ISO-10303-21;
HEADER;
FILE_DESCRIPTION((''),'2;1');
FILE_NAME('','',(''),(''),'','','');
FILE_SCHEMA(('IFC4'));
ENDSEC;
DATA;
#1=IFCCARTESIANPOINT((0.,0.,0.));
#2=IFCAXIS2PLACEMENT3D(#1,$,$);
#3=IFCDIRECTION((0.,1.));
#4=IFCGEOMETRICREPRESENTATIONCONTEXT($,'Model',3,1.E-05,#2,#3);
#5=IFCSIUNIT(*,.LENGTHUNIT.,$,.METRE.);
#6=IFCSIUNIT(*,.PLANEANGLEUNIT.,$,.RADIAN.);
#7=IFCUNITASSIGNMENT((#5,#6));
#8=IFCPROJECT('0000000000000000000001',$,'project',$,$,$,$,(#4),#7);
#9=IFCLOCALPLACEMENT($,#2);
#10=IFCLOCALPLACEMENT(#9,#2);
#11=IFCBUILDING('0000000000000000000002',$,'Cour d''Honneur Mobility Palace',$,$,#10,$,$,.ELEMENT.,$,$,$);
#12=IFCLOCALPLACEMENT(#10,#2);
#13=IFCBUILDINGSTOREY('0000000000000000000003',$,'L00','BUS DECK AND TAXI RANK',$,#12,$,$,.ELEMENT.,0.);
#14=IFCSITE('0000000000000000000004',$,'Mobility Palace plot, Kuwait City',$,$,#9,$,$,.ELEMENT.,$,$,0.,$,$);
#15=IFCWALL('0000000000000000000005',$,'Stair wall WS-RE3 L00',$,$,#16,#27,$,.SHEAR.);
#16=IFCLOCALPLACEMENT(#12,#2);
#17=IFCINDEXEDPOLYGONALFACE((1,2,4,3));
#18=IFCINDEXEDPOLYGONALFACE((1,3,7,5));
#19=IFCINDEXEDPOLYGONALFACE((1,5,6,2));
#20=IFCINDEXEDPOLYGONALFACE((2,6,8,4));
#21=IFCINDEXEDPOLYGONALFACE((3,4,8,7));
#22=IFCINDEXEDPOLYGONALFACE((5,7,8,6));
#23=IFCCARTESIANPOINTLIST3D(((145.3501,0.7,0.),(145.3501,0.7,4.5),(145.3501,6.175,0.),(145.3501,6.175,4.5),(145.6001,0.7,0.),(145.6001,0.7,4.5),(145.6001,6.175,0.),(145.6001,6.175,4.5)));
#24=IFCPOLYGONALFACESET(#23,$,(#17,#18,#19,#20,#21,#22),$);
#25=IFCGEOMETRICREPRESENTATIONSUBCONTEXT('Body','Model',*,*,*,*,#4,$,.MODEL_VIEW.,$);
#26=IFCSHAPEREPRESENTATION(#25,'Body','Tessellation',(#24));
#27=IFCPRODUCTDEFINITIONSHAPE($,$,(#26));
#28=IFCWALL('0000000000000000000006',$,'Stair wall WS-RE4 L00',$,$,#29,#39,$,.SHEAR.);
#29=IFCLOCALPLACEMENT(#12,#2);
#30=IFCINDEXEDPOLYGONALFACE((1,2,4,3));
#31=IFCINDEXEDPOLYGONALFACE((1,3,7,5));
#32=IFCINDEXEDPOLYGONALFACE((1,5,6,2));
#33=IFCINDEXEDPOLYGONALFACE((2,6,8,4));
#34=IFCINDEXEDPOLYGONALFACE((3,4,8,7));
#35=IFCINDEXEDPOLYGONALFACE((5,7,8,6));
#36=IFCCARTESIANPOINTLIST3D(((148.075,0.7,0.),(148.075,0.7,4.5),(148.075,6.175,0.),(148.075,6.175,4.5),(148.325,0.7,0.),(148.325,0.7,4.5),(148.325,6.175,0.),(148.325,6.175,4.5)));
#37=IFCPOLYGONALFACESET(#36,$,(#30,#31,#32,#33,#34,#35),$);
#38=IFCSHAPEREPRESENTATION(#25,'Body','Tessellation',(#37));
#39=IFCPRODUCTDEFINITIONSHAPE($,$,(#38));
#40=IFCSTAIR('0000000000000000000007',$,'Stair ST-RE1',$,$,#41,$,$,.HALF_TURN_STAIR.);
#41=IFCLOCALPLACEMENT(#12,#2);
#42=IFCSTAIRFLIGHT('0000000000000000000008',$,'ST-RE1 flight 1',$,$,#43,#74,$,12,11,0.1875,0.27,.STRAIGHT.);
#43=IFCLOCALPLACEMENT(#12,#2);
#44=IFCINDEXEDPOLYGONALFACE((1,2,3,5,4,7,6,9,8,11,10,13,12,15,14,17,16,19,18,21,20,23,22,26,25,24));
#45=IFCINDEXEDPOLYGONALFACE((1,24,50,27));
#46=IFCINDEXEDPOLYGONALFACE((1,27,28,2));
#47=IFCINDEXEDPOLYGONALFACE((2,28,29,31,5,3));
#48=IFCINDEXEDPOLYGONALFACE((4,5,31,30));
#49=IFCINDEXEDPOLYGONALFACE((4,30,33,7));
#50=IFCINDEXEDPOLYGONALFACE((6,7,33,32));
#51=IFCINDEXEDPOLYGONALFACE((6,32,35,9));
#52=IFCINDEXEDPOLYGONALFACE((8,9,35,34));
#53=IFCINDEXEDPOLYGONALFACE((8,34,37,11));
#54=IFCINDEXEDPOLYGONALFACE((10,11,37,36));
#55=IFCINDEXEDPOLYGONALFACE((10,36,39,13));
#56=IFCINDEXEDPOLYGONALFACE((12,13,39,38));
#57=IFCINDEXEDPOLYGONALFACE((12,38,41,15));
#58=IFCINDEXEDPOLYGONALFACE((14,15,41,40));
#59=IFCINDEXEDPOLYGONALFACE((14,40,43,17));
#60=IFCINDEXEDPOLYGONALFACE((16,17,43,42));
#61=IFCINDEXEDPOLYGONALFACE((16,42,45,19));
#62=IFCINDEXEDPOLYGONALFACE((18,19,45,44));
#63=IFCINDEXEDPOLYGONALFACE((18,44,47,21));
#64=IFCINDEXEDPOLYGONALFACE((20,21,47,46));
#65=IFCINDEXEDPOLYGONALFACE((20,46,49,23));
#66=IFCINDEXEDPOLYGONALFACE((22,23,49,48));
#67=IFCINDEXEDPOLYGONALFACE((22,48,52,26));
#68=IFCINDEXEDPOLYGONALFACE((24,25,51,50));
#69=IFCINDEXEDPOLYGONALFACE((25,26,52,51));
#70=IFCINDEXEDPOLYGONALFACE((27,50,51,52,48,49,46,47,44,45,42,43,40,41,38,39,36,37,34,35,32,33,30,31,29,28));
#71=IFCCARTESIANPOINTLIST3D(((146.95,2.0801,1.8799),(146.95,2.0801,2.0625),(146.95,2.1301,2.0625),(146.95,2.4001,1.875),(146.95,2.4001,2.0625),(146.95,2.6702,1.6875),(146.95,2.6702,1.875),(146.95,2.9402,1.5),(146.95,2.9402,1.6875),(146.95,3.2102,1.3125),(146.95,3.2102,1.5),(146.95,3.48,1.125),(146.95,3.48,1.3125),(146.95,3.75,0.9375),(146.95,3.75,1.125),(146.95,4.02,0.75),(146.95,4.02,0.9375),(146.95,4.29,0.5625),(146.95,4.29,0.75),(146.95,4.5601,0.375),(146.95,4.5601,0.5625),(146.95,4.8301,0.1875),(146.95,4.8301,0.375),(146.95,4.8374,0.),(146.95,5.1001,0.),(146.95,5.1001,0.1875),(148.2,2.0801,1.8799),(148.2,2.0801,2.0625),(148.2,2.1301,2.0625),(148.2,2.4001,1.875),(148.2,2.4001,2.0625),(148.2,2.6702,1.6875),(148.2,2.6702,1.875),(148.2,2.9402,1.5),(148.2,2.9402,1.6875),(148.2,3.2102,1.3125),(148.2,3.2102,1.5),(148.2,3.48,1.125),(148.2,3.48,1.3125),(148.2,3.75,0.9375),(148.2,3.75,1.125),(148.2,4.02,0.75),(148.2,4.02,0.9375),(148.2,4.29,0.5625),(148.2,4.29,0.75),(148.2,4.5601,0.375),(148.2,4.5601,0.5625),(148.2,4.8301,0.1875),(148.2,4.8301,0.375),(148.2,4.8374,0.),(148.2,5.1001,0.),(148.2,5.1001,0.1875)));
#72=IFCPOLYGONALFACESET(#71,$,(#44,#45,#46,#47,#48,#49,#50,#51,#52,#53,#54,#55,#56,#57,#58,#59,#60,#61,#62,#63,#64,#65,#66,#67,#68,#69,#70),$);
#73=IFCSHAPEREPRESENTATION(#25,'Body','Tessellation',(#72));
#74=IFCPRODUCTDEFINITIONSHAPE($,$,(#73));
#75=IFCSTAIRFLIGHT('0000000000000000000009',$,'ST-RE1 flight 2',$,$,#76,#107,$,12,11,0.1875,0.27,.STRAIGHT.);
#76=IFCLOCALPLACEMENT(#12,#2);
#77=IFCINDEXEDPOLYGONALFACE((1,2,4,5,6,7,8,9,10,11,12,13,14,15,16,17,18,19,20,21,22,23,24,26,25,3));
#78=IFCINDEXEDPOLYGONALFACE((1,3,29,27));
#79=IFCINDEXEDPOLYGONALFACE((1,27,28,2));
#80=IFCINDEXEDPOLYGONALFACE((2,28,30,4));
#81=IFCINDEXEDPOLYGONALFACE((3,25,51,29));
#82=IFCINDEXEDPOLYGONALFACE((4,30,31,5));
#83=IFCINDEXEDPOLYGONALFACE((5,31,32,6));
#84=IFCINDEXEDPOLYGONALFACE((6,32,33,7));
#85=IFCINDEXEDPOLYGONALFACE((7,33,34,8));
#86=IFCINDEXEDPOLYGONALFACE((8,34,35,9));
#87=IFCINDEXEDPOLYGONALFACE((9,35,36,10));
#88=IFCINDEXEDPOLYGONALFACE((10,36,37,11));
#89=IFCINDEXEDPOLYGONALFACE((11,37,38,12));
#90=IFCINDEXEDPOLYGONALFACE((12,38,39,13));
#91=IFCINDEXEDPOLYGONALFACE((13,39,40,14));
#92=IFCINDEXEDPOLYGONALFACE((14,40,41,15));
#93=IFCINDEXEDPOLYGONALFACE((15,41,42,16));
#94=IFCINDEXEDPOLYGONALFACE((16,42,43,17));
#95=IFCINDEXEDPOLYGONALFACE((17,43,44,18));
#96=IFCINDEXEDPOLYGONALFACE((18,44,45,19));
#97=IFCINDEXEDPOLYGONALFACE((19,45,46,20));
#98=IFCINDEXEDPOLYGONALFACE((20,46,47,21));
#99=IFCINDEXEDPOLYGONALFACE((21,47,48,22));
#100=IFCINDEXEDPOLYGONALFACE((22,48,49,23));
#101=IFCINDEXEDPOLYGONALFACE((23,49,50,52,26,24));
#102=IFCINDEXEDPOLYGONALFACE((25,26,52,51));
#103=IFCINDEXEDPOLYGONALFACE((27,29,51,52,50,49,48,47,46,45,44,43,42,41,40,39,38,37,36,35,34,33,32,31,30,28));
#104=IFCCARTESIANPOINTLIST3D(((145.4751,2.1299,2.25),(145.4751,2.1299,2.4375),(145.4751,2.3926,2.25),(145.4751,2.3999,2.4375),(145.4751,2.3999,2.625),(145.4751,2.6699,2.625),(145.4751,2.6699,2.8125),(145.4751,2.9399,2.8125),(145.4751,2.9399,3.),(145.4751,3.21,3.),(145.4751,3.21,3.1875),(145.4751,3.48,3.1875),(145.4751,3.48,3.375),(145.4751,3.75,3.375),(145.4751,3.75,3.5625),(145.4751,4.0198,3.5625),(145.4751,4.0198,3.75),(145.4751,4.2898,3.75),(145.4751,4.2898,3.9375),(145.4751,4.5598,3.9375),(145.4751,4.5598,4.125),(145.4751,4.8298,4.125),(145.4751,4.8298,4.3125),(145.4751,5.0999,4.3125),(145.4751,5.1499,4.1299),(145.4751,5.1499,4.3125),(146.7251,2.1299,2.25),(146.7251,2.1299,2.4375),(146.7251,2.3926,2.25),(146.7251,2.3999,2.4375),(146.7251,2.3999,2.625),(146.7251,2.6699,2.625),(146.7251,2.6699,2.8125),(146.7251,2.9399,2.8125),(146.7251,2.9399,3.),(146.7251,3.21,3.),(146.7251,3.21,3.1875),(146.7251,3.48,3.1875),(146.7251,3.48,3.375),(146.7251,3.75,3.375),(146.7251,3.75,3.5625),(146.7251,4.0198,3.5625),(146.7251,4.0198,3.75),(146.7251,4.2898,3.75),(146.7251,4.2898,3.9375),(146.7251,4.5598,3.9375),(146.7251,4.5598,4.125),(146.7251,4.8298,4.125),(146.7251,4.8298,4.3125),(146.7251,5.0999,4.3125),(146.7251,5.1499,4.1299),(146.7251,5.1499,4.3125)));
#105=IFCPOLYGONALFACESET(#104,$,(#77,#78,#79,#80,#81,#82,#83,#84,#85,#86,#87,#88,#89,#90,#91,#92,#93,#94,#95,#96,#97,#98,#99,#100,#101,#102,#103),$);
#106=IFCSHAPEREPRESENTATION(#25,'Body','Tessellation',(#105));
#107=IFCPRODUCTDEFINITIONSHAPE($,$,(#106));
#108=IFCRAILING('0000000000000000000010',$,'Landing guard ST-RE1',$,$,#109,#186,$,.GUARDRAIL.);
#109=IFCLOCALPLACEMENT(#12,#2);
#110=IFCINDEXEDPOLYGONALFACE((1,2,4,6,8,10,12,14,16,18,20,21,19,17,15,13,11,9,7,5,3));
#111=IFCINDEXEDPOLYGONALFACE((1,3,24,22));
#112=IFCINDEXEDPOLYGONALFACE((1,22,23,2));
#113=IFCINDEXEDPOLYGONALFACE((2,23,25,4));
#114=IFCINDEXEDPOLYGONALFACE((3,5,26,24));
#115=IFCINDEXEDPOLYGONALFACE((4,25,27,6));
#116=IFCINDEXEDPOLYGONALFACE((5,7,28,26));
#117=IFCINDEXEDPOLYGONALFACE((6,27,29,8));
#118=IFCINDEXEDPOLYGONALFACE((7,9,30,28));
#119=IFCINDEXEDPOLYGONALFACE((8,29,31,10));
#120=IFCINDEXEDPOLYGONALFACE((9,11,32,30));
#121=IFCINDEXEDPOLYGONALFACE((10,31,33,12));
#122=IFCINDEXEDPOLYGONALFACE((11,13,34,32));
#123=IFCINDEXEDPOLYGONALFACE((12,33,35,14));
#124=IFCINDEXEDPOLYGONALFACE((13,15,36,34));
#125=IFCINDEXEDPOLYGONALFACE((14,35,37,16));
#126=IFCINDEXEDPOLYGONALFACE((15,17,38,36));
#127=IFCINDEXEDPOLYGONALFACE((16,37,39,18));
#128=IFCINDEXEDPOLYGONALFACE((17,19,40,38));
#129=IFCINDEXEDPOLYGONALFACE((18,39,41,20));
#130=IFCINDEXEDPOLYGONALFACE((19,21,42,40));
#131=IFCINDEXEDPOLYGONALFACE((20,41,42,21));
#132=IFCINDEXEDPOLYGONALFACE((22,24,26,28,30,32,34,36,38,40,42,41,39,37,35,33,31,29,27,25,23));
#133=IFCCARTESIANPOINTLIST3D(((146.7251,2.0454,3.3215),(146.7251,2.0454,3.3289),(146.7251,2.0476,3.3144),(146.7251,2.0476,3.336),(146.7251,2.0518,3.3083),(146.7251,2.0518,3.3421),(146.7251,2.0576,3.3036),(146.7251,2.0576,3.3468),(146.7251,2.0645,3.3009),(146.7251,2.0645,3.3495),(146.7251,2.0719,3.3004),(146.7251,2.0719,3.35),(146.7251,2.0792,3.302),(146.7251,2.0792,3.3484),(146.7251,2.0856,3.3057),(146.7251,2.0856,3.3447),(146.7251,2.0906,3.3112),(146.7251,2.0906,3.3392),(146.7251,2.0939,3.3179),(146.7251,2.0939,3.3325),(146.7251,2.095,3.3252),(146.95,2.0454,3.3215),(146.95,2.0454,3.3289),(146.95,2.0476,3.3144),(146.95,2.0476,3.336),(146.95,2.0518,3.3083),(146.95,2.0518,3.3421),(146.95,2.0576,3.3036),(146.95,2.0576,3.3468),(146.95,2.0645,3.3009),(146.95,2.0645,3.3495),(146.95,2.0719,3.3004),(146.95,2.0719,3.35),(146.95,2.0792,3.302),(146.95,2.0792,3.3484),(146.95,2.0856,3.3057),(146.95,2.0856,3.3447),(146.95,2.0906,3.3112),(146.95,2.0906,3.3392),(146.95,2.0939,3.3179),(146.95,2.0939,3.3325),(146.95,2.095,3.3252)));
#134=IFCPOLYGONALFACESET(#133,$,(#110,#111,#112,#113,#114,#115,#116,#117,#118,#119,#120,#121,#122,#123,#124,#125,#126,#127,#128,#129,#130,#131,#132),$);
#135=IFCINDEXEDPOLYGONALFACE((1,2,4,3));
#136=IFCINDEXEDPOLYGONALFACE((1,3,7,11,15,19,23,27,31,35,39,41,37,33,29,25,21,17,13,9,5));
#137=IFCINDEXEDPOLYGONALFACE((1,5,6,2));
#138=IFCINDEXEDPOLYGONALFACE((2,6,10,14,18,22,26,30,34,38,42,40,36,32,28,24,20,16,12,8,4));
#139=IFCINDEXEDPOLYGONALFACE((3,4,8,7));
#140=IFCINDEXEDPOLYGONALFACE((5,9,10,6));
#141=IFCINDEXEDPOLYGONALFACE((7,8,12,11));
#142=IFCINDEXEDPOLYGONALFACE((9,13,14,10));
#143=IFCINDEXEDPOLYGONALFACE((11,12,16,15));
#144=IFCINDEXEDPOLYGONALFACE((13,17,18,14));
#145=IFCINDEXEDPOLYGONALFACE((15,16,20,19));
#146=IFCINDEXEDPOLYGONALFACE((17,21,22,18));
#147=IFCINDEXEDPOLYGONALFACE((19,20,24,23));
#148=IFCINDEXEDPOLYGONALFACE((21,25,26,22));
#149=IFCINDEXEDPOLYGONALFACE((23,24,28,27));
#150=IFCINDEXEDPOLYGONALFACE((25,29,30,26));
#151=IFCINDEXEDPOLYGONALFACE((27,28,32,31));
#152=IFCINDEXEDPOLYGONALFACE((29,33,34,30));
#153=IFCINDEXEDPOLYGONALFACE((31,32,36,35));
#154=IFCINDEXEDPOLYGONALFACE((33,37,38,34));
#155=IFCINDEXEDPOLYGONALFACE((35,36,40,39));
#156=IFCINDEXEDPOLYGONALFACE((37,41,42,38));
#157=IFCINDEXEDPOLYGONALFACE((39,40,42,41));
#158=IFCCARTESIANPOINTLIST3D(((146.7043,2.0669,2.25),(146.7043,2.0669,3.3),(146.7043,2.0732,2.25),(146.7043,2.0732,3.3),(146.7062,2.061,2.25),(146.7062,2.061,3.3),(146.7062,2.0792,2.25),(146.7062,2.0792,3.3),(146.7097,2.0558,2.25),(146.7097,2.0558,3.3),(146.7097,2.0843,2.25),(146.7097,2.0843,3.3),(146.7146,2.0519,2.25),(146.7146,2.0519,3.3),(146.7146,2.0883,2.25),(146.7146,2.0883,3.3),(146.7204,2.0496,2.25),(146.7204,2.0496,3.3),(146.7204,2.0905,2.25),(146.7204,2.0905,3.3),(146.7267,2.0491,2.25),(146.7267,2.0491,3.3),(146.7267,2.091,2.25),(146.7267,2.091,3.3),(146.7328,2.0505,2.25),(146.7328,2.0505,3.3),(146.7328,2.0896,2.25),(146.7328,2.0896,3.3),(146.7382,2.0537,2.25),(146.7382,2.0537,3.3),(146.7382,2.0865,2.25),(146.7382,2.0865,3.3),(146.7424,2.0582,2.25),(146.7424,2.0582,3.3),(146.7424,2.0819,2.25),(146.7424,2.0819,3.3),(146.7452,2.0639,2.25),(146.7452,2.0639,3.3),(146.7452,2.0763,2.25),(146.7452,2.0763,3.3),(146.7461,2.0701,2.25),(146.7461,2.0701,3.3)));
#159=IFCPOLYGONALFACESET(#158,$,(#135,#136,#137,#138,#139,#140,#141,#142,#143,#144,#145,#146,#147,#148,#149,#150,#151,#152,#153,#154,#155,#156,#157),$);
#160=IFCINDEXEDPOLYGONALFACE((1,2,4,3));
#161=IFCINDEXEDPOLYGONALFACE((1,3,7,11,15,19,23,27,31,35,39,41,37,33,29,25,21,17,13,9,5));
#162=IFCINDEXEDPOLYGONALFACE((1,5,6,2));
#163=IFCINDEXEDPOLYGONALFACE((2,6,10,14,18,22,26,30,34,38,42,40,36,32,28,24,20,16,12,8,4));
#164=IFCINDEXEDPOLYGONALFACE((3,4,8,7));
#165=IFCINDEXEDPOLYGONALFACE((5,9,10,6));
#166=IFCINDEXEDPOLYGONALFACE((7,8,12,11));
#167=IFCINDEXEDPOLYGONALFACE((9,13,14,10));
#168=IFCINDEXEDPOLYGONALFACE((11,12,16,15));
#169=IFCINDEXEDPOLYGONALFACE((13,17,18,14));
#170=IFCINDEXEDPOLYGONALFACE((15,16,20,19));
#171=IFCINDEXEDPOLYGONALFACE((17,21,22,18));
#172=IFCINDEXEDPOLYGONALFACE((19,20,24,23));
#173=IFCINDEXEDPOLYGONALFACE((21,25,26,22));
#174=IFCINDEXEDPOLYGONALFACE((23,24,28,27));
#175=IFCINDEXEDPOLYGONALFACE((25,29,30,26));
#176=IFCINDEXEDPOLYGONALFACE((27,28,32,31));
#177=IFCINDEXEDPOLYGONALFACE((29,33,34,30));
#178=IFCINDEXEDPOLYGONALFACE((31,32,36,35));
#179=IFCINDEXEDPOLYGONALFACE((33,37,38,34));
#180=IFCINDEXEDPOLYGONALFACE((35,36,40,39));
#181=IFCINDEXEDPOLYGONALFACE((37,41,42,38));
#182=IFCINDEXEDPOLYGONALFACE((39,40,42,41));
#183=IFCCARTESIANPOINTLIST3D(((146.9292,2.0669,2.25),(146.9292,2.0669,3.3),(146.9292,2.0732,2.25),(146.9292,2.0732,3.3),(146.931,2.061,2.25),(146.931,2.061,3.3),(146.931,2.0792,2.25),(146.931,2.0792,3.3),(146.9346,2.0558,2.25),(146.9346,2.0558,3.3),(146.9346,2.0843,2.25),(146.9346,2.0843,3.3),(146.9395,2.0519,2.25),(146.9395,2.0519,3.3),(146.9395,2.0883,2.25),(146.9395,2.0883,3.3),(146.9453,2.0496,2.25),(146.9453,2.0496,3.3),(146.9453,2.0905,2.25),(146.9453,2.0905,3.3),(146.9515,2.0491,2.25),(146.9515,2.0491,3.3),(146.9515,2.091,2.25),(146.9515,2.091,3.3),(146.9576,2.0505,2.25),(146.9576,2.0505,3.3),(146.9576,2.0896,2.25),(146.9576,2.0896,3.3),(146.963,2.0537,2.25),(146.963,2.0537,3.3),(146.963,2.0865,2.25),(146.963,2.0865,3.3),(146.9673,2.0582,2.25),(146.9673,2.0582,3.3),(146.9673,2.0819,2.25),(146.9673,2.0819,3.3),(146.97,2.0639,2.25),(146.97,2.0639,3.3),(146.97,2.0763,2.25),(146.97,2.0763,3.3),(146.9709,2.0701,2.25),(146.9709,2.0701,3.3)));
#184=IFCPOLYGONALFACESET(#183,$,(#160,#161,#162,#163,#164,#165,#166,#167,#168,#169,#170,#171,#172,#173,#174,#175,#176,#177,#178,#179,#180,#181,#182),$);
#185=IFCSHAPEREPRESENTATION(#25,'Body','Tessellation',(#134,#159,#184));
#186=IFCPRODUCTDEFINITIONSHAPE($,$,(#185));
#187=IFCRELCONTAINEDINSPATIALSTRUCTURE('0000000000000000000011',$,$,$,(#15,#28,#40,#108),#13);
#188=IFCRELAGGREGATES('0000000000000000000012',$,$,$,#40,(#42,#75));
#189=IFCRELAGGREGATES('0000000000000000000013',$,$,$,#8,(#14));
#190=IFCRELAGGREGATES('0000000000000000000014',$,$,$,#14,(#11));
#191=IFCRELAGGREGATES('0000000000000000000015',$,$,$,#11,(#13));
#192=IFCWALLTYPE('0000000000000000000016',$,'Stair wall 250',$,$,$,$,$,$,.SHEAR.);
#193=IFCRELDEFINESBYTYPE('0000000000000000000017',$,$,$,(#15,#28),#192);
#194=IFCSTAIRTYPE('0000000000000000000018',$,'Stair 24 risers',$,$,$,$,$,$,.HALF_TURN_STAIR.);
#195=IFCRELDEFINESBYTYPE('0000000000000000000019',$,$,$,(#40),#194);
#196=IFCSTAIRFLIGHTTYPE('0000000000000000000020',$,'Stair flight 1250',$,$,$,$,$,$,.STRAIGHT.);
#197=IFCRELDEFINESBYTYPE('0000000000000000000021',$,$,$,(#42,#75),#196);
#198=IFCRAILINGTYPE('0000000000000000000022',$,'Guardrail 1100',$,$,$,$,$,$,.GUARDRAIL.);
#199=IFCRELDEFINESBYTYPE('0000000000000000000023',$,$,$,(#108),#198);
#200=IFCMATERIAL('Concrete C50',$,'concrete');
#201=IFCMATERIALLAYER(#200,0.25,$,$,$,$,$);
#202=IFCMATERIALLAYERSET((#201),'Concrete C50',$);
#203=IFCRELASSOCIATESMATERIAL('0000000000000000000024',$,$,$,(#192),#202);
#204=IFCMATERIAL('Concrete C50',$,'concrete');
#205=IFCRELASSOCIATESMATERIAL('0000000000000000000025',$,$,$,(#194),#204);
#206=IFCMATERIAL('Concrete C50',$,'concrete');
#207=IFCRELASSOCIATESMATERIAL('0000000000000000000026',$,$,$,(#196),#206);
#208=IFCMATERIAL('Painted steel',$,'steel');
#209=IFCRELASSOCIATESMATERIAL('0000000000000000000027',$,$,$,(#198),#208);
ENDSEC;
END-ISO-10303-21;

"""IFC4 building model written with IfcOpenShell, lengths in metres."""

from ifc_helpers import new_model, si_unit, direction, frame, frame_2d, origin, origin_2d, place, context, subcontext, project, spatial, polyline, rectangle, circle, outline, extrude, material, layer, layer_set, type_object, element, aggregate, save


model = new_model("IFC4")

# Units and contexts
model_context = context("Model", 3, precision=1e-05, world=origin(), true_north=direction((0.0, 1.0)))
body_context = subcontext(model_context, "Body", "Model", "MODEL_VIEW")
ifc_project = project(units=[si_unit("LENGTHUNIT", "METRE"), si_unit("PLANEANGLEUNIT", "RADIAN")], contexts=[model_context])

# Site, building, storey
site_placement = place(None, origin())
site = spatial("IfcSite", under=ifc_project, at=site_placement, Name="Mobility Palace plot, Kuwait City", CompositionType="ELEMENT", RefElevation=0.0)
building_placement = place(site_placement, origin())
building = spatial("IfcBuilding", under=site, at=building_placement, Name="Cour d'Honneur Mobility Palace", CompositionType="ELEMENT")
storey_placement = place(building_placement, origin())
storey = spatial("IfcBuildingStorey", under=building, at=storey_placement, Name="L00", Description="BUS DECK AND TAXI RANK", CompositionType="ELEMENT", Elevation=0.0)

# Shared definitions
ifc_material_1 = material(Name="Concrete C50", Category="concrete")
ifc_layer_1 = layer(ifc_material_1, 0.25)
ifc_layer_set_1 = layer_set([ifc_layer_1], Name="Concrete C50")
wall_type_1 = type_object("IfcWallType", Name="Stair wall 250", PredefinedType="SHEAR", material=ifc_layer_set_1)

# Walls
for number, where, z_axis, x_axis, name in (
    (1, (145.4751, 0.7, 0.0), (0.0, 0.0, 1.0), (0.0, 1.0, 0.0), "Stair wall WS-RE3 L00"),
    (2, (148.2, 0.7, 0.0), (0.0, 0.0, 1.0), (0.0, 1.0, 0.0), "Stair wall WS-RE4 L00"),
):
    element("IfcWall", number, at=place(storey_placement, frame(where, z_axis=z_axis, x_axis=x_axis)), inside=storey, type_object=wall_type_1, Name=name, PredefinedType="SHEAR", context=body_context, shape_type="SweptSolid", body=[
        extrude(rectangle(XDim=5.4751, YDim=0.25, at=frame_2d((2.7375, 0.0))), origin(), (0.0, 0.0, 1.0), 4.5),
    ])

# Stair, stair flights
ifc_material_2 = material(Name="Concrete C50", Category="concrete")
stair_type = type_object("IfcStairType", Name="Stair 24 risers", PredefinedType="HALF_TURN_STAIR", material=ifc_material_2)
stair_placement = place(storey_placement, origin())
stair = element("IfcStair", 3, at=stair_placement, inside=storey, type_object=stair_type, Name="Stair ST-RE1", PredefinedType="HALF_TURN_STAIR")
ifc_material_3 = material(Name="Concrete C50", Category="concrete")
stair_flight_type = type_object("IfcStairFlightType", Name="Stair flight 1250", PredefinedType="STRAIGHT", material=ifc_material_3)
stair_flight_1_placement = place(storey_placement, frame((147.575, 5.1001, 0.0), z_axis=(0.0, 0.0, 1.0), x_axis=(0.0, -1.0, 0.0)))
stair_flight_1 = element("IfcStairFlight", 4, at=stair_flight_1_placement, type_object=stair_flight_type, Name="ST-RE1 flight 1", NumberOfRisers=12, NumberOfTreads=11, PredefinedType="STRAIGHT", RiserHeight=0.1875, TreadLength=0.27, context=body_context, shape_type="SweptSolid", body=[
    extrude(outline(polyline([(0.0, 0.0), (0.0, 0.1875), (0.27, 0.1875), (0.27, 0.375), (0.54, 0.375), (0.54, 0.5625), (0.8101, 0.5625), (0.8101, 0.75), (1.0801, 0.75), (1.0801, 0.9375), (1.3501, 0.9375), (1.3501, 1.125), (1.6201, 1.125), (1.6201, 1.3125), (1.8899, 1.3125), (1.8899, 1.5), (2.1599, 1.5), (2.1599, 1.6875), (2.4299, 1.6875), (2.4299, 1.875), (2.7, 1.875), (2.7, 2.0625), (2.97, 2.0625), (3.02, 2.0625), (3.02, 1.8799), (0.2627, 0.0), (0.0, 0.0)])), frame((0.0, 0.625, 0.0), z_axis=(0.0, -1.0, 0.0), x_axis=(1.0, 0.0, 0.0)), (0.0, 0.0, 1.0), 1.25),
])
stair_flight_2_placement = place(storey_placement, frame((146.1001, 2.1299, 2.25), z_axis=(0.0, 0.0, 1.0), x_axis=(0.0, 1.0, 0.0)))
stair_flight_2 = element("IfcStairFlight", 5, at=stair_flight_2_placement, type_object=stair_flight_type, Name="ST-RE1 flight 2", NumberOfRisers=12, NumberOfTreads=11, PredefinedType="STRAIGHT", RiserHeight=0.1875, TreadLength=0.27, context=body_context, shape_type="SweptSolid", body=[
    extrude(outline(polyline([(0.0, 0.0), (0.0, 0.1875), (0.27, 0.1875), (0.27, 0.375), (0.54, 0.375), (0.54, 0.5625), (0.8101, 0.5625), (0.8101, 0.75), (1.0801, 0.75), (1.0801, 0.9375), (1.3501, 0.9375), (1.3501, 1.125), (1.6201, 1.125), (1.6201, 1.3125), (1.8899, 1.3125), (1.8899, 1.5), (2.1599, 1.5), (2.1599, 1.6875), (2.4299, 1.6875), (2.4299, 1.875), (2.7, 1.875), (2.7, 2.0625), (2.97, 2.0625), (3.02, 2.0625), (3.02, 1.8799), (0.2627, 0.0), (0.0, 0.0)])), frame((0.0, 0.625, 0.0), z_axis=(0.0, -1.0, 0.0), x_axis=(1.0, 0.0, 0.0)), (0.0, 0.0, 1.0), 1.25),
])
aggregate(stair, [stair_flight_1, stair_flight_2])

# Railing
ifc_material_4 = material(Name="Painted steel", Category="steel")
railing_type_1 = type_object("IfcRailingType", Name="Guardrail 1100", PredefinedType="GUARDRAIL", material=ifc_material_4)
railing_placement = place(storey_placement, frame((146.7251, 2.0701, 2.25)))
element("IfcRailing", 6, at=railing_placement, inside=storey, type_object=railing_type_1, Name="Landing guard ST-RE1", PredefinedType="GUARDRAIL", context=body_context, shape_type="SweptSolid", body=[
    extrude(circle(Radius=0.0249, at=origin_2d()), frame((0.0, 0.0, 1.0752), z_axis=(1.0, 0.0, 0.0), x_axis=(0.0, 1.0, 0.0)), (0.0, 0.0, 1.0), 0.2249),
    extrude(circle(Radius=0.021, at=origin_2d()), origin(), (0.0, 0.0, 1.0), 1.05),
    extrude(circle(Radius=0.021, at=origin_2d()), frame((0.2249, 0.0, 0.0)), (0.0, 0.0, 1.0), 1.05),
])

save(model, "model.ifc")
